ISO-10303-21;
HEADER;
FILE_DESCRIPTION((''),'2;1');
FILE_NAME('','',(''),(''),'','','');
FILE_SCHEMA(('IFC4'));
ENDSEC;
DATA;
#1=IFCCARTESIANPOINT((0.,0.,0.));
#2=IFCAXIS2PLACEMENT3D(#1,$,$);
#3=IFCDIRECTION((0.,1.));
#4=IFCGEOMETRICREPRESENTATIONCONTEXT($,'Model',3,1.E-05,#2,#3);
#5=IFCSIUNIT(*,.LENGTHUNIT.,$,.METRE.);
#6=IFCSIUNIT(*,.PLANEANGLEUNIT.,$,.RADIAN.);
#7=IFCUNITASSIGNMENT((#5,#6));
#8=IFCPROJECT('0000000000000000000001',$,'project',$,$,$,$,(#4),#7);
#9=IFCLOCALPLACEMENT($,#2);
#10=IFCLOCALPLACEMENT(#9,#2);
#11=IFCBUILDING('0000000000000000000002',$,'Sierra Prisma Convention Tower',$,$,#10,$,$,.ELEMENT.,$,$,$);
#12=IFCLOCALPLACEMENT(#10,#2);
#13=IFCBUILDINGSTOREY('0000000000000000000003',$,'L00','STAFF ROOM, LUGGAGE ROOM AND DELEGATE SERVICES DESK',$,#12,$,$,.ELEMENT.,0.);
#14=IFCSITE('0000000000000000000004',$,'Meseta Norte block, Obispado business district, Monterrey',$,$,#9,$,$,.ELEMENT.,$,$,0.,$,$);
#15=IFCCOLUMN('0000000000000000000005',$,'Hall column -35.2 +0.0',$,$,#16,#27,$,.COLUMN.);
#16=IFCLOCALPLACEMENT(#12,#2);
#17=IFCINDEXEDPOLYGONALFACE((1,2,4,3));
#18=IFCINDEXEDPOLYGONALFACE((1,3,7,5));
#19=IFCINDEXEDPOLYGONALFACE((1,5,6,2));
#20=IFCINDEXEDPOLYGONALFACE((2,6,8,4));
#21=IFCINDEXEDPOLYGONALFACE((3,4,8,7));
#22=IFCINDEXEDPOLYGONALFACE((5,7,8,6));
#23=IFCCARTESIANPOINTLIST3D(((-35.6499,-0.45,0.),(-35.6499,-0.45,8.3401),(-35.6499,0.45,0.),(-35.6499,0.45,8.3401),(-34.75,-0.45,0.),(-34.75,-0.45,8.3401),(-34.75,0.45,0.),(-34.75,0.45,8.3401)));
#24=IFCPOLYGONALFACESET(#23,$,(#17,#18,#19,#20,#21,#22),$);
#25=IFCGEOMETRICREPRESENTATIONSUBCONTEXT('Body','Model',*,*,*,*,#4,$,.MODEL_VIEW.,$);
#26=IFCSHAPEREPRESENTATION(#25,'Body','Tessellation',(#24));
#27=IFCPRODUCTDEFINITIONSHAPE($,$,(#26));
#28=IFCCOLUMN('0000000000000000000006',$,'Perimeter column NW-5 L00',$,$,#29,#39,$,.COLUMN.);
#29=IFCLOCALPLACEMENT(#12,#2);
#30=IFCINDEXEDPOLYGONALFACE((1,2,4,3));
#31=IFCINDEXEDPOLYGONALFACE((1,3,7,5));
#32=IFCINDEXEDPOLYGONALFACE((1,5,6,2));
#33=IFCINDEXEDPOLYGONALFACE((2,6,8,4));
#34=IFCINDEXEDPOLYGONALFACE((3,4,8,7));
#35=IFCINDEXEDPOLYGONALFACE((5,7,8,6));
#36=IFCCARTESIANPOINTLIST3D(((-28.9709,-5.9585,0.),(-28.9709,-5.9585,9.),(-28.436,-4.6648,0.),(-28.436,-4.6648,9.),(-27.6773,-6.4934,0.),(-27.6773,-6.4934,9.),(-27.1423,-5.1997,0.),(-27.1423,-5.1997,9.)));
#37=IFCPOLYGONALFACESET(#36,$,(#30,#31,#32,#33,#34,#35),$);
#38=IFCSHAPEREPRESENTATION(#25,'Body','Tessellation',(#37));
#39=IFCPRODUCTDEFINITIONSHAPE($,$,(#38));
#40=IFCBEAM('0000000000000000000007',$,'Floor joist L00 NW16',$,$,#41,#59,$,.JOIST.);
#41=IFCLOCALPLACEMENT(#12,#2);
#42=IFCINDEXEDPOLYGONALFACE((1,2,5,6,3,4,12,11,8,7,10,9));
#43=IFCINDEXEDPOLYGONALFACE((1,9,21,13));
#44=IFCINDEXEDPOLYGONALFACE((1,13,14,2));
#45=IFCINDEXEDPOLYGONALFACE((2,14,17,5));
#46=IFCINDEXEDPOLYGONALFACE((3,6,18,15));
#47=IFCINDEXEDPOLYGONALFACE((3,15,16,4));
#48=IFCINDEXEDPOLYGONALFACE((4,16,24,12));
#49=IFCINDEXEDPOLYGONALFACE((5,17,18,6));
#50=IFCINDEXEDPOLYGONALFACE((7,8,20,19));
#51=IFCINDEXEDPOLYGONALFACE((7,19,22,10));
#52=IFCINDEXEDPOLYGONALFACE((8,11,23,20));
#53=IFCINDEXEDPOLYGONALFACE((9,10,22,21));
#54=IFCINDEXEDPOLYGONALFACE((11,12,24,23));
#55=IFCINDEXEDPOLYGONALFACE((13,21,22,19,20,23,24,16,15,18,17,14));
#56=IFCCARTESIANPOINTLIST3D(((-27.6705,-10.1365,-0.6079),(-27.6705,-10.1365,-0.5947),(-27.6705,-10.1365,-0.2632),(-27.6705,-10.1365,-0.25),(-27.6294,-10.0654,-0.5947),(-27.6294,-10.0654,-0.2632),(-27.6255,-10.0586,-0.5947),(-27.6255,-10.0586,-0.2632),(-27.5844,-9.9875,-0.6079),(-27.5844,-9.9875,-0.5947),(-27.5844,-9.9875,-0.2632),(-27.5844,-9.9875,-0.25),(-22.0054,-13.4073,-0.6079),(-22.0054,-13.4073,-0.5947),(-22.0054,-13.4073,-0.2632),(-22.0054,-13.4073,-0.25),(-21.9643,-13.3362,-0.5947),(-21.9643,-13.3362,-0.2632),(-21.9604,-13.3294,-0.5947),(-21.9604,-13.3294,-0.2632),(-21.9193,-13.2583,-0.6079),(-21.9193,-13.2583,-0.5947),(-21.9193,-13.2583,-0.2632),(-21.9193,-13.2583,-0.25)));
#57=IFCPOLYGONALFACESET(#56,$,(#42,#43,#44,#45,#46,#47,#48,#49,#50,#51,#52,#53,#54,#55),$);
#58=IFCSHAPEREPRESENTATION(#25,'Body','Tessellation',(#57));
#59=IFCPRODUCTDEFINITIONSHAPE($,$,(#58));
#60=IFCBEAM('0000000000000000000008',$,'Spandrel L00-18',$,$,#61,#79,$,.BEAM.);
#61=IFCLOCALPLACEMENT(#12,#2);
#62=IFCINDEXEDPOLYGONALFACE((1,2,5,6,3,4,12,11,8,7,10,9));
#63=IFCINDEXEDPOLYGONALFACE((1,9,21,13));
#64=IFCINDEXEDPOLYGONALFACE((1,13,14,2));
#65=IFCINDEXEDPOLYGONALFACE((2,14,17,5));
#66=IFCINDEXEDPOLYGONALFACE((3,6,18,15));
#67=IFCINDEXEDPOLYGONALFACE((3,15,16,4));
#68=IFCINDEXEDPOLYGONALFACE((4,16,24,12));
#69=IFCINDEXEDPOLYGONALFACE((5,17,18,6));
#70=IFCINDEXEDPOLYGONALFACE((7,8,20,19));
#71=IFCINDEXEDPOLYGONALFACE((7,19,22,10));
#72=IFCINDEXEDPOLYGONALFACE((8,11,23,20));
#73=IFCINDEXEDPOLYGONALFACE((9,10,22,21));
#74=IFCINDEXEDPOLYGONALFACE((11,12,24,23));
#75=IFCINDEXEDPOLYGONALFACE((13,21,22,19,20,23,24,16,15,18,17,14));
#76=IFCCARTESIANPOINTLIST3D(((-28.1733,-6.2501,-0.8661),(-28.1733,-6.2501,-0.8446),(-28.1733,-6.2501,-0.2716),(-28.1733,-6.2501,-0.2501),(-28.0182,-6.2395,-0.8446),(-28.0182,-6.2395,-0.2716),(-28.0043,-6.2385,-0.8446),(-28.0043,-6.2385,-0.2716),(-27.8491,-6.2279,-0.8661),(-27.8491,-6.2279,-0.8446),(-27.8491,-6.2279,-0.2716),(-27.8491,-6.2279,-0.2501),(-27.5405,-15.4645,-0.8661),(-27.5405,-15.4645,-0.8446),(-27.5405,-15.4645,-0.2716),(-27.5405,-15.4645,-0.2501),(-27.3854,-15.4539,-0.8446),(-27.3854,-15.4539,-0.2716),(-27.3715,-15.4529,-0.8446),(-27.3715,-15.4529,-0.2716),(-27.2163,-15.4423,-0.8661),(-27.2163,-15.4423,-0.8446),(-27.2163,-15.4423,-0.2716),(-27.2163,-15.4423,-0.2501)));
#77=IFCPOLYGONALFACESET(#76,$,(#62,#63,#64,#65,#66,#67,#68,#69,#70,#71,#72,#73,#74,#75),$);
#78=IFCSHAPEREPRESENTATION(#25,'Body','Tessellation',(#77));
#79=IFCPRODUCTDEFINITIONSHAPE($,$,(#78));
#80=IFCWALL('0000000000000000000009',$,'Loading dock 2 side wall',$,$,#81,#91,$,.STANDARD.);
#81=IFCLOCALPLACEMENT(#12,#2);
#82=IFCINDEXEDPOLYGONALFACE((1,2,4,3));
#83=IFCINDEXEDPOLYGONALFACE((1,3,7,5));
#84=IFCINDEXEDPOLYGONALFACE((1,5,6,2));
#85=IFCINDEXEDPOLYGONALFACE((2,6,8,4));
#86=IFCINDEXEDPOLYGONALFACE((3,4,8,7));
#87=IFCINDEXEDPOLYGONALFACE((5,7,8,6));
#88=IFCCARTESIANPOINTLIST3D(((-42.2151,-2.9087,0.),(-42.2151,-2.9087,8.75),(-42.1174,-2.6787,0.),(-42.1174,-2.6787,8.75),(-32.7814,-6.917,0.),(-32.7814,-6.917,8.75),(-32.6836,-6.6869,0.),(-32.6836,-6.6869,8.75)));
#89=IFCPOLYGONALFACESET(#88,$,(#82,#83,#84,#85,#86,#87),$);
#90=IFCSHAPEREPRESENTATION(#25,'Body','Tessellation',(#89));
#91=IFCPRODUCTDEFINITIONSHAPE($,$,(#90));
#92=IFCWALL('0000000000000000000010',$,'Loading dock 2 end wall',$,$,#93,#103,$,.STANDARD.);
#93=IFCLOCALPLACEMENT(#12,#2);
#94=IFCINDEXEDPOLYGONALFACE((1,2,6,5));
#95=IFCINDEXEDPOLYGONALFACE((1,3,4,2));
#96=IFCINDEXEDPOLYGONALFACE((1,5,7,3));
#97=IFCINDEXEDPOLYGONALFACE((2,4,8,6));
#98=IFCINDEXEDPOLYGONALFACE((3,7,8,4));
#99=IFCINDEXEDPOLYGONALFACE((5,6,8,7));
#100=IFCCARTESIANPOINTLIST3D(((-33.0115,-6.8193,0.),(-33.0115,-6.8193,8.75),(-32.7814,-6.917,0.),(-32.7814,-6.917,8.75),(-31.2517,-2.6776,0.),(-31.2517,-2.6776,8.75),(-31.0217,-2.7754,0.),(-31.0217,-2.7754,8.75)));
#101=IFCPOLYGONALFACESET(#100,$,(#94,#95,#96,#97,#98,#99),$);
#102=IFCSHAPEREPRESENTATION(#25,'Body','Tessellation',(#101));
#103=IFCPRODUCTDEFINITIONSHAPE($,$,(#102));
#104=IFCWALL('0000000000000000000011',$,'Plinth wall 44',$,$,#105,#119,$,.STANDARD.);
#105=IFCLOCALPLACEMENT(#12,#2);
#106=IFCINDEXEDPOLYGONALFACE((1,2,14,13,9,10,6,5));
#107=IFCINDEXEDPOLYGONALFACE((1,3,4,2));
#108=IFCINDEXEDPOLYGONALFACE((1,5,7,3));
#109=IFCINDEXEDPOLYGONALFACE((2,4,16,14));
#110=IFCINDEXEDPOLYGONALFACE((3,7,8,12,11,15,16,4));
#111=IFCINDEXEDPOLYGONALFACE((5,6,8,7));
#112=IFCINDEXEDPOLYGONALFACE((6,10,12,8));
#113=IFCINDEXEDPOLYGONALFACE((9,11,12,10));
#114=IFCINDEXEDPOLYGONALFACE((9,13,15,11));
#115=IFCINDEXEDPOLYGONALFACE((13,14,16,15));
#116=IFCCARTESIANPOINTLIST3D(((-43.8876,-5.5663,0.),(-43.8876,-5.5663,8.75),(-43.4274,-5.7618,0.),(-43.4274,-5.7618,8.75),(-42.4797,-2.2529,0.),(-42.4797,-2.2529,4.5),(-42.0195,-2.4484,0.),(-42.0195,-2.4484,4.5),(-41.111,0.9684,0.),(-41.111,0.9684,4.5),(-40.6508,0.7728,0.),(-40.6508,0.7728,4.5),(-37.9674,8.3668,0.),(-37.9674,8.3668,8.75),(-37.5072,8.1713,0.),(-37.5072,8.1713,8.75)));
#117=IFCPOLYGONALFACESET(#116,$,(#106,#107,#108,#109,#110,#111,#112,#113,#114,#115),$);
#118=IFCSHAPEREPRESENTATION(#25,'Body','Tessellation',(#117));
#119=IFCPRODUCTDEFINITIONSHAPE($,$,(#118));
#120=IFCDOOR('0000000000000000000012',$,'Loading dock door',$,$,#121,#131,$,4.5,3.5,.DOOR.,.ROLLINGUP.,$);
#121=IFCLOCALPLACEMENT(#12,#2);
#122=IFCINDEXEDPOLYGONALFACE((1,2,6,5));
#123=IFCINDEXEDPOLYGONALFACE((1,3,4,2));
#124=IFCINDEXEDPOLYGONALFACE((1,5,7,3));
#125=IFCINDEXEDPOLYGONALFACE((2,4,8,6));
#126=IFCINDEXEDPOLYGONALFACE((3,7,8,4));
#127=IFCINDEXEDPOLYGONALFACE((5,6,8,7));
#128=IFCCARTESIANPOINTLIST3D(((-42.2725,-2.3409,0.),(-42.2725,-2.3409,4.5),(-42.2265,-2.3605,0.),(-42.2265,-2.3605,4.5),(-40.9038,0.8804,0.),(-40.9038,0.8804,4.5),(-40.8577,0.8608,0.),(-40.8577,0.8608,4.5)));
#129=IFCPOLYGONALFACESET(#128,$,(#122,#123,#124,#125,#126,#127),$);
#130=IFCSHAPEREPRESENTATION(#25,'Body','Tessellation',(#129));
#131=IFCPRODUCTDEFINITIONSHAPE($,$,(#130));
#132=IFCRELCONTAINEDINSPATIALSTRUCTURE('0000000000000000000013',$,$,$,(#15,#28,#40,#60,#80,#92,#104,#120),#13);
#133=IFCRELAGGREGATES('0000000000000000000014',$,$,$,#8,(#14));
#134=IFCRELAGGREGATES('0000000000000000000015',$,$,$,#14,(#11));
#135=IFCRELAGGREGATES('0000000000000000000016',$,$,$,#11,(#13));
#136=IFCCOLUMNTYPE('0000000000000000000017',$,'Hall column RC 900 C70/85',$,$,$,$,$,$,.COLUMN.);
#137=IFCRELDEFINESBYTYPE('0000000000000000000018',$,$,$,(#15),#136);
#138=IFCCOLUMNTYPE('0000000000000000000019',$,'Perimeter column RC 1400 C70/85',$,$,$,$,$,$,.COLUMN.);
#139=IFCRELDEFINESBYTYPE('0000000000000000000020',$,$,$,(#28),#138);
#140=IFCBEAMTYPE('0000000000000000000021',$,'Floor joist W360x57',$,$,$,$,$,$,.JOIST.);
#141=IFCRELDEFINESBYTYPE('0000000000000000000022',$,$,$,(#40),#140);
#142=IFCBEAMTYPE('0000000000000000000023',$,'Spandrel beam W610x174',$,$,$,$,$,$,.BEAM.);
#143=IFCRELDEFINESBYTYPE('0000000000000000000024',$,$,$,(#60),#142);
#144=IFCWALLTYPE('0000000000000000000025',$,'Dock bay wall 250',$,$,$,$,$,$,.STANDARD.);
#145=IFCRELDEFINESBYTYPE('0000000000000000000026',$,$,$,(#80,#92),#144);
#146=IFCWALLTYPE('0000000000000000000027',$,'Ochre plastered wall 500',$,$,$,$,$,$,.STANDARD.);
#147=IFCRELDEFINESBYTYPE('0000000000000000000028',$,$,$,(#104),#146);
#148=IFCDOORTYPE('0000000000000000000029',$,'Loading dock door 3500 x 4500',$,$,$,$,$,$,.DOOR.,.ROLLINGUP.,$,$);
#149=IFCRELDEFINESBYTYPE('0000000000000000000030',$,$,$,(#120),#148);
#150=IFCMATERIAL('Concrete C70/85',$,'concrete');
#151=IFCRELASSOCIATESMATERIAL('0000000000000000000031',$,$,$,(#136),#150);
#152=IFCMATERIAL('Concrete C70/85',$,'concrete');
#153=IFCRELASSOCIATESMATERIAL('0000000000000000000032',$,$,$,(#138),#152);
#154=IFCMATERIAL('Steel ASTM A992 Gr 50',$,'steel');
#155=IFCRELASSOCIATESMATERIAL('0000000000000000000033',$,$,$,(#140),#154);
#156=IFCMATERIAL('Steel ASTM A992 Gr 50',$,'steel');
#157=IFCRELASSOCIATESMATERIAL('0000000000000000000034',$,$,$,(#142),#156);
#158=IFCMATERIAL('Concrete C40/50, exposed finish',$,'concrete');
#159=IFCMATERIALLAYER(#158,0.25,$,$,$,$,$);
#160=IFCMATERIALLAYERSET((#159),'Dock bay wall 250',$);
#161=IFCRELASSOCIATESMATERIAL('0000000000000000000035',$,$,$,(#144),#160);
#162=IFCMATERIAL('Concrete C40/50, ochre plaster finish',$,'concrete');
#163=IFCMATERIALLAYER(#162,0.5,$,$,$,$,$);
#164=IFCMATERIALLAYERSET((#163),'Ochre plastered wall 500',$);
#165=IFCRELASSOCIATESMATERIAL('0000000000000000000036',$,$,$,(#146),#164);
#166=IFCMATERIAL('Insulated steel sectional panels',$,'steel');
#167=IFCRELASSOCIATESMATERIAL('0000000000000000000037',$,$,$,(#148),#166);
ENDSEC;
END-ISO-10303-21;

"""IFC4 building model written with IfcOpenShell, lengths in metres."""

from ifc_helpers import new_model, si_unit, direction, frame, frame_2d, origin, origin_2d, place, context, subcontext, project, spatial, rectangle, i_section, extrude, material, layer, layer_set, material_profile, profile_set, type_object, element, fill, save


model = new_model("IFC4")

# Units and contexts
model_context = context("Model", 3, precision=1e-05, world=origin(), true_north=direction((0.0, 1.0)))
body_context = subcontext(model_context, "Body", "Model", "MODEL_VIEW")
ifc_project = project(units=[si_unit("LENGTHUNIT", "METRE"), si_unit("PLANEANGLEUNIT", "RADIAN")], contexts=[model_context])

# Site, building, storey
site_placement = place(None, origin())
site = spatial("IfcSite", under=ifc_project, at=site_placement, Name="Meseta Norte block, Obispado business district, Monterrey", CompositionType="ELEMENT", RefElevation=0.0)
building_placement = place(site_placement, origin())
building = spatial("IfcBuilding", under=site, at=building_placement, Name="Sierra Prisma Convention Tower", CompositionType="ELEMENT")
storey_placement = place(building_placement, origin())
storey = spatial("IfcBuildingStorey", under=building, at=storey_placement, Name="L00", Description="STAFF ROOM, LUGGAGE ROOM AND DELEGATE SERVICES DESK", CompositionType="ELEMENT", Elevation=0.0)

# Columns
ifc_material_1 = material(Name="Concrete C70/85", Category="concrete")
ifc_material_profile_1 = material_profile(ifc_material_1, rectangle(XDim=0.8999, YDim=0.8999, at=origin_2d()), Name="Hall column RC 900 C70/85")
ifc_profile_set_1 = profile_set([ifc_material_profile_1], Name="Concrete C70/85")
column_type_1 = type_object("IfcColumnType", Name="Hall column RC 900 C70/85", PredefinedType="COLUMN", material=ifc_profile_set_1)
column_1_placement = place(storey_placement, frame((-35.2, 0.0, 0.0), z_axis=(0.0, 0.0, 1.0), x_axis=(1.0, 0.0, 0.0)))
element("IfcColumn", 1, at=column_1_placement, inside=storey, type_object=column_type_1, Name="Hall column -35.2 +0.0", PredefinedType="COLUMN", context=body_context, shape_type="SweptSolid", body=[
    extrude(rectangle(XDim=0.8999, YDim=0.8999, at=origin_2d()), origin(), (0.0, 0.0, 1.0), 8.3401),
])
ifc_material_2 = material(Name="Concrete C70/85", Category="concrete")
ifc_material_profile_2 = material_profile(ifc_material_2, rectangle(XDim=1.3999, YDim=1.3999, at=origin_2d()), Name="Perimeter column RC 1400 C70/85")
ifc_profile_set_2 = profile_set([ifc_material_profile_2], Name="Concrete C70/85")
column_type_2 = type_object("IfcColumnType", Name="Perimeter column RC 1400 C70/85", PredefinedType="COLUMN", material=ifc_profile_set_2)
column_2_placement = place(storey_placement, frame((-28.0566, -5.5791, 0.0), z_axis=(0.0, 0.0, 1.0), x_axis=(0.382135, 0.924106, 0.0)))
element("IfcColumn", 2, at=column_2_placement, inside=storey, type_object=column_type_2, Name="Perimeter column NW-5 L00", PredefinedType="COLUMN", context=body_context, shape_type="SweptSolid", body=[
    extrude(rectangle(XDim=1.3999, YDim=1.3999, at=origin_2d()), origin(), (0.0, 0.0, 1.0), 9.0),
])

# Beams
ifc_material_3 = material(Name="Steel ASTM A992 Gr 50", Category="steel")
ifc_material_profile_3 = material_profile(ifc_material_3, i_section(OverallWidth=0.1721, OverallDepth=0.3579, WebThickness=0.0078, FlangeThickness=0.0132, at=origin_2d()), Name="W360x57")
ifc_profile_set_3 = profile_set([ifc_material_profile_3], Name="Steel ASTM A992 Gr 50")
beam_type_1 = type_object("IfcBeamType", Name="Floor joist W360x57", PredefinedType="JOIST", material=ifc_profile_set_3)
beam_1_placement = place(storey_placement, frame((-27.6274, -10.062, -0.429), z_axis=(0.866023, -0.500005, 0.0), x_axis=(0.500005, 0.866023, 0.0)))
element("IfcBeam", 3, at=beam_1_placement, inside=storey, type_object=beam_type_1, Name="Floor joist L00 NW16", PredefinedType="JOIST", context=body_context, shape_type="SweptSolid", body=[
    extrude(i_section(OverallWidth=0.1721, OverallDepth=0.3579, WebThickness=0.0078, FlangeThickness=0.0132, at=origin_2d()), origin(), (0.0, 0.0, 1.0), 6.5415),
])
ifc_material_4 = material(Name="Steel ASTM A992 Gr 50", Category="steel")
ifc_material_profile_4 = material_profile(ifc_material_4, i_section(OverallWidth=0.325, OverallDepth=0.616, WebThickness=0.0139, FlangeThickness=0.0215, at=origin_2d()), Name="W610x174")
ifc_profile_set_4 = profile_set([ifc_material_profile_4], Name="Steel ASTM A992 Gr 50")
beam_type_2 = type_object("IfcBeamType", Name="Spandrel beam W610x174", PredefinedType="BEAM", material=ifc_profile_set_4)
beam_2_placement = place(storey_placement, frame((-28.0112, -6.239, -0.5581), z_axis=(0.068515, -0.99765, 0.0), x_axis=(0.99765, 0.068515, 0.0)))
element("IfcBeam", 4, at=beam_2_placement, inside=storey, type_object=beam_type_2, Name="Spandrel L00-18", PredefinedType="BEAM", context=body_context, shape_type="SweptSolid", body=[
    extrude(i_section(OverallWidth=0.325, OverallDepth=0.616, WebThickness=0.0139, FlangeThickness=0.0215, at=origin_2d()), origin(), (0.0, 0.0, 1.0), 9.2361),
])

# Walls
ifc_material_5 = material(Name="Concrete C40/50, exposed finish", Category="concrete")
ifc_layer_1 = layer(ifc_material_5, 0.25)
ifc_layer_set_1 = layer_set([ifc_layer_1], Name="Dock bay wall 250")
wall_type_1 = type_object("IfcWallType", Name="Dock bay wall 250", PredefinedType="STANDARD", material=ifc_layer_set_1)
wall_1_placement = place(storey_placement, frame((-42.1663, -2.7937, 0.0), z_axis=(0.0, 0.0, 1.0), x_axis=(0.920369, -0.391051, 0.0)))
element("IfcWall", 5, at=wall_1_placement, inside=storey, type_object=wall_type_1, Name="Loading dock 2 side wall", PredefinedType="STANDARD", context=body_context, shape_type="SweptSolid", body=[
    extrude(rectangle(XDim=10.25, YDim=0.25, at=frame_2d((5.125, 0.0))), origin(), (0.0, 0.0, 1.0), 8.75),
])
wall_2_placement = place(storey_placement, frame((-32.8965, -6.8682, 0.0), z_axis=(0.0, 0.0, 1.0), x_axis=(0.391063, 0.920364, 0.0)))
element("IfcWall", 6, at=wall_2_placement, inside=storey, type_object=wall_type_1, Name="Loading dock 2 end wall", PredefinedType="STANDARD", context=body_context, shape_type="SweptSolid", body=[
    extrude(rectangle(XDim=4.5, YDim=0.25, at=frame_2d((2.25, 0.0))), origin(), (0.0, 0.0, 1.0), 8.75),
])

# Wall, opening, door
ifc_material_6 = material(Name="Concrete C40/50, ochre plaster finish", Category="concrete")
ifc_layer_2 = layer(ifc_material_6, 0.5)
ifc_layer_set_2 = layer_set([ifc_layer_2], Name="Ochre plastered wall 500")
wall_type_2 = type_object("IfcWallType", Name="Ochre plastered wall 500", PredefinedType="STANDARD", material=ifc_layer_set_2)
wall_3_placement = place(storey_placement, frame((-43.6575, -5.6641, 0.0), z_axis=(0.0, 0.0, 1.0), x_axis=(0.391062, 0.920364, 0.0)))
wall_3 = element("IfcWall", 7, at=wall_3_placement, inside=storey, type_object=wall_type_2, Name="Plinth wall 44", PredefinedType="STANDARD", context=body_context, shape_type="SweptSolid", body=[
    extrude(rectangle(XDim=15.1387, YDim=0.5, at=frame_2d((7.5693, 0.0))), origin(), (0.0, 0.0, 1.0), 8.75),
])
opening_1_placement = place(wall_3_placement, frame((3.6001, 0.0, 0.0)))
opening_1 = element("IfcOpeningElement", 8, at=opening_1_placement, cuts=wall_3, PredefinedType="OPENING", context=body_context, shape_type="SweptSolid", body=[
    extrude(rectangle(XDim=3.5, YDim=4.5, at=frame_2d((1.75, 2.25))), frame((0.0, 0.25, 0.0), z_axis=(0.0, -1.0, 0.0), x_axis=(1.0, 0.0, 0.0)), (0.0, 0.0, 1.0), 0.5),
])
ifc_material_7 = material(Name="Insulated steel sectional panels", Category="steel")
door_type_1 = type_object("IfcDoorType", Name="Loading dock door 3500 x 4500", OperationType="ROLLINGUP", PredefinedType="DOOR", material=ifc_material_7)
door_1_placement = place(opening_1_placement, origin())
door_1 = element("IfcDoor", 9, at=door_1_placement, inside=storey, type_object=door_type_1, Name="Loading dock door", OperationType="ROLLINGUP", OverallHeight=4.5, OverallWidth=3.5, PredefinedType="DOOR", context=body_context, shape_type="SweptSolid", body=[
    extrude(rectangle(XDim=3.5, YDim=4.5, at=frame_2d((1.75, 2.25))), frame((0.0, 0.0249, 0.0), z_axis=(0.0, -1.0, 0.0), x_axis=(1.0, 0.0, 0.0)), (0.0, 0.0, 1.0), 0.05),
])
fill(opening_1, door_1)

save(model, "model.ifc")
